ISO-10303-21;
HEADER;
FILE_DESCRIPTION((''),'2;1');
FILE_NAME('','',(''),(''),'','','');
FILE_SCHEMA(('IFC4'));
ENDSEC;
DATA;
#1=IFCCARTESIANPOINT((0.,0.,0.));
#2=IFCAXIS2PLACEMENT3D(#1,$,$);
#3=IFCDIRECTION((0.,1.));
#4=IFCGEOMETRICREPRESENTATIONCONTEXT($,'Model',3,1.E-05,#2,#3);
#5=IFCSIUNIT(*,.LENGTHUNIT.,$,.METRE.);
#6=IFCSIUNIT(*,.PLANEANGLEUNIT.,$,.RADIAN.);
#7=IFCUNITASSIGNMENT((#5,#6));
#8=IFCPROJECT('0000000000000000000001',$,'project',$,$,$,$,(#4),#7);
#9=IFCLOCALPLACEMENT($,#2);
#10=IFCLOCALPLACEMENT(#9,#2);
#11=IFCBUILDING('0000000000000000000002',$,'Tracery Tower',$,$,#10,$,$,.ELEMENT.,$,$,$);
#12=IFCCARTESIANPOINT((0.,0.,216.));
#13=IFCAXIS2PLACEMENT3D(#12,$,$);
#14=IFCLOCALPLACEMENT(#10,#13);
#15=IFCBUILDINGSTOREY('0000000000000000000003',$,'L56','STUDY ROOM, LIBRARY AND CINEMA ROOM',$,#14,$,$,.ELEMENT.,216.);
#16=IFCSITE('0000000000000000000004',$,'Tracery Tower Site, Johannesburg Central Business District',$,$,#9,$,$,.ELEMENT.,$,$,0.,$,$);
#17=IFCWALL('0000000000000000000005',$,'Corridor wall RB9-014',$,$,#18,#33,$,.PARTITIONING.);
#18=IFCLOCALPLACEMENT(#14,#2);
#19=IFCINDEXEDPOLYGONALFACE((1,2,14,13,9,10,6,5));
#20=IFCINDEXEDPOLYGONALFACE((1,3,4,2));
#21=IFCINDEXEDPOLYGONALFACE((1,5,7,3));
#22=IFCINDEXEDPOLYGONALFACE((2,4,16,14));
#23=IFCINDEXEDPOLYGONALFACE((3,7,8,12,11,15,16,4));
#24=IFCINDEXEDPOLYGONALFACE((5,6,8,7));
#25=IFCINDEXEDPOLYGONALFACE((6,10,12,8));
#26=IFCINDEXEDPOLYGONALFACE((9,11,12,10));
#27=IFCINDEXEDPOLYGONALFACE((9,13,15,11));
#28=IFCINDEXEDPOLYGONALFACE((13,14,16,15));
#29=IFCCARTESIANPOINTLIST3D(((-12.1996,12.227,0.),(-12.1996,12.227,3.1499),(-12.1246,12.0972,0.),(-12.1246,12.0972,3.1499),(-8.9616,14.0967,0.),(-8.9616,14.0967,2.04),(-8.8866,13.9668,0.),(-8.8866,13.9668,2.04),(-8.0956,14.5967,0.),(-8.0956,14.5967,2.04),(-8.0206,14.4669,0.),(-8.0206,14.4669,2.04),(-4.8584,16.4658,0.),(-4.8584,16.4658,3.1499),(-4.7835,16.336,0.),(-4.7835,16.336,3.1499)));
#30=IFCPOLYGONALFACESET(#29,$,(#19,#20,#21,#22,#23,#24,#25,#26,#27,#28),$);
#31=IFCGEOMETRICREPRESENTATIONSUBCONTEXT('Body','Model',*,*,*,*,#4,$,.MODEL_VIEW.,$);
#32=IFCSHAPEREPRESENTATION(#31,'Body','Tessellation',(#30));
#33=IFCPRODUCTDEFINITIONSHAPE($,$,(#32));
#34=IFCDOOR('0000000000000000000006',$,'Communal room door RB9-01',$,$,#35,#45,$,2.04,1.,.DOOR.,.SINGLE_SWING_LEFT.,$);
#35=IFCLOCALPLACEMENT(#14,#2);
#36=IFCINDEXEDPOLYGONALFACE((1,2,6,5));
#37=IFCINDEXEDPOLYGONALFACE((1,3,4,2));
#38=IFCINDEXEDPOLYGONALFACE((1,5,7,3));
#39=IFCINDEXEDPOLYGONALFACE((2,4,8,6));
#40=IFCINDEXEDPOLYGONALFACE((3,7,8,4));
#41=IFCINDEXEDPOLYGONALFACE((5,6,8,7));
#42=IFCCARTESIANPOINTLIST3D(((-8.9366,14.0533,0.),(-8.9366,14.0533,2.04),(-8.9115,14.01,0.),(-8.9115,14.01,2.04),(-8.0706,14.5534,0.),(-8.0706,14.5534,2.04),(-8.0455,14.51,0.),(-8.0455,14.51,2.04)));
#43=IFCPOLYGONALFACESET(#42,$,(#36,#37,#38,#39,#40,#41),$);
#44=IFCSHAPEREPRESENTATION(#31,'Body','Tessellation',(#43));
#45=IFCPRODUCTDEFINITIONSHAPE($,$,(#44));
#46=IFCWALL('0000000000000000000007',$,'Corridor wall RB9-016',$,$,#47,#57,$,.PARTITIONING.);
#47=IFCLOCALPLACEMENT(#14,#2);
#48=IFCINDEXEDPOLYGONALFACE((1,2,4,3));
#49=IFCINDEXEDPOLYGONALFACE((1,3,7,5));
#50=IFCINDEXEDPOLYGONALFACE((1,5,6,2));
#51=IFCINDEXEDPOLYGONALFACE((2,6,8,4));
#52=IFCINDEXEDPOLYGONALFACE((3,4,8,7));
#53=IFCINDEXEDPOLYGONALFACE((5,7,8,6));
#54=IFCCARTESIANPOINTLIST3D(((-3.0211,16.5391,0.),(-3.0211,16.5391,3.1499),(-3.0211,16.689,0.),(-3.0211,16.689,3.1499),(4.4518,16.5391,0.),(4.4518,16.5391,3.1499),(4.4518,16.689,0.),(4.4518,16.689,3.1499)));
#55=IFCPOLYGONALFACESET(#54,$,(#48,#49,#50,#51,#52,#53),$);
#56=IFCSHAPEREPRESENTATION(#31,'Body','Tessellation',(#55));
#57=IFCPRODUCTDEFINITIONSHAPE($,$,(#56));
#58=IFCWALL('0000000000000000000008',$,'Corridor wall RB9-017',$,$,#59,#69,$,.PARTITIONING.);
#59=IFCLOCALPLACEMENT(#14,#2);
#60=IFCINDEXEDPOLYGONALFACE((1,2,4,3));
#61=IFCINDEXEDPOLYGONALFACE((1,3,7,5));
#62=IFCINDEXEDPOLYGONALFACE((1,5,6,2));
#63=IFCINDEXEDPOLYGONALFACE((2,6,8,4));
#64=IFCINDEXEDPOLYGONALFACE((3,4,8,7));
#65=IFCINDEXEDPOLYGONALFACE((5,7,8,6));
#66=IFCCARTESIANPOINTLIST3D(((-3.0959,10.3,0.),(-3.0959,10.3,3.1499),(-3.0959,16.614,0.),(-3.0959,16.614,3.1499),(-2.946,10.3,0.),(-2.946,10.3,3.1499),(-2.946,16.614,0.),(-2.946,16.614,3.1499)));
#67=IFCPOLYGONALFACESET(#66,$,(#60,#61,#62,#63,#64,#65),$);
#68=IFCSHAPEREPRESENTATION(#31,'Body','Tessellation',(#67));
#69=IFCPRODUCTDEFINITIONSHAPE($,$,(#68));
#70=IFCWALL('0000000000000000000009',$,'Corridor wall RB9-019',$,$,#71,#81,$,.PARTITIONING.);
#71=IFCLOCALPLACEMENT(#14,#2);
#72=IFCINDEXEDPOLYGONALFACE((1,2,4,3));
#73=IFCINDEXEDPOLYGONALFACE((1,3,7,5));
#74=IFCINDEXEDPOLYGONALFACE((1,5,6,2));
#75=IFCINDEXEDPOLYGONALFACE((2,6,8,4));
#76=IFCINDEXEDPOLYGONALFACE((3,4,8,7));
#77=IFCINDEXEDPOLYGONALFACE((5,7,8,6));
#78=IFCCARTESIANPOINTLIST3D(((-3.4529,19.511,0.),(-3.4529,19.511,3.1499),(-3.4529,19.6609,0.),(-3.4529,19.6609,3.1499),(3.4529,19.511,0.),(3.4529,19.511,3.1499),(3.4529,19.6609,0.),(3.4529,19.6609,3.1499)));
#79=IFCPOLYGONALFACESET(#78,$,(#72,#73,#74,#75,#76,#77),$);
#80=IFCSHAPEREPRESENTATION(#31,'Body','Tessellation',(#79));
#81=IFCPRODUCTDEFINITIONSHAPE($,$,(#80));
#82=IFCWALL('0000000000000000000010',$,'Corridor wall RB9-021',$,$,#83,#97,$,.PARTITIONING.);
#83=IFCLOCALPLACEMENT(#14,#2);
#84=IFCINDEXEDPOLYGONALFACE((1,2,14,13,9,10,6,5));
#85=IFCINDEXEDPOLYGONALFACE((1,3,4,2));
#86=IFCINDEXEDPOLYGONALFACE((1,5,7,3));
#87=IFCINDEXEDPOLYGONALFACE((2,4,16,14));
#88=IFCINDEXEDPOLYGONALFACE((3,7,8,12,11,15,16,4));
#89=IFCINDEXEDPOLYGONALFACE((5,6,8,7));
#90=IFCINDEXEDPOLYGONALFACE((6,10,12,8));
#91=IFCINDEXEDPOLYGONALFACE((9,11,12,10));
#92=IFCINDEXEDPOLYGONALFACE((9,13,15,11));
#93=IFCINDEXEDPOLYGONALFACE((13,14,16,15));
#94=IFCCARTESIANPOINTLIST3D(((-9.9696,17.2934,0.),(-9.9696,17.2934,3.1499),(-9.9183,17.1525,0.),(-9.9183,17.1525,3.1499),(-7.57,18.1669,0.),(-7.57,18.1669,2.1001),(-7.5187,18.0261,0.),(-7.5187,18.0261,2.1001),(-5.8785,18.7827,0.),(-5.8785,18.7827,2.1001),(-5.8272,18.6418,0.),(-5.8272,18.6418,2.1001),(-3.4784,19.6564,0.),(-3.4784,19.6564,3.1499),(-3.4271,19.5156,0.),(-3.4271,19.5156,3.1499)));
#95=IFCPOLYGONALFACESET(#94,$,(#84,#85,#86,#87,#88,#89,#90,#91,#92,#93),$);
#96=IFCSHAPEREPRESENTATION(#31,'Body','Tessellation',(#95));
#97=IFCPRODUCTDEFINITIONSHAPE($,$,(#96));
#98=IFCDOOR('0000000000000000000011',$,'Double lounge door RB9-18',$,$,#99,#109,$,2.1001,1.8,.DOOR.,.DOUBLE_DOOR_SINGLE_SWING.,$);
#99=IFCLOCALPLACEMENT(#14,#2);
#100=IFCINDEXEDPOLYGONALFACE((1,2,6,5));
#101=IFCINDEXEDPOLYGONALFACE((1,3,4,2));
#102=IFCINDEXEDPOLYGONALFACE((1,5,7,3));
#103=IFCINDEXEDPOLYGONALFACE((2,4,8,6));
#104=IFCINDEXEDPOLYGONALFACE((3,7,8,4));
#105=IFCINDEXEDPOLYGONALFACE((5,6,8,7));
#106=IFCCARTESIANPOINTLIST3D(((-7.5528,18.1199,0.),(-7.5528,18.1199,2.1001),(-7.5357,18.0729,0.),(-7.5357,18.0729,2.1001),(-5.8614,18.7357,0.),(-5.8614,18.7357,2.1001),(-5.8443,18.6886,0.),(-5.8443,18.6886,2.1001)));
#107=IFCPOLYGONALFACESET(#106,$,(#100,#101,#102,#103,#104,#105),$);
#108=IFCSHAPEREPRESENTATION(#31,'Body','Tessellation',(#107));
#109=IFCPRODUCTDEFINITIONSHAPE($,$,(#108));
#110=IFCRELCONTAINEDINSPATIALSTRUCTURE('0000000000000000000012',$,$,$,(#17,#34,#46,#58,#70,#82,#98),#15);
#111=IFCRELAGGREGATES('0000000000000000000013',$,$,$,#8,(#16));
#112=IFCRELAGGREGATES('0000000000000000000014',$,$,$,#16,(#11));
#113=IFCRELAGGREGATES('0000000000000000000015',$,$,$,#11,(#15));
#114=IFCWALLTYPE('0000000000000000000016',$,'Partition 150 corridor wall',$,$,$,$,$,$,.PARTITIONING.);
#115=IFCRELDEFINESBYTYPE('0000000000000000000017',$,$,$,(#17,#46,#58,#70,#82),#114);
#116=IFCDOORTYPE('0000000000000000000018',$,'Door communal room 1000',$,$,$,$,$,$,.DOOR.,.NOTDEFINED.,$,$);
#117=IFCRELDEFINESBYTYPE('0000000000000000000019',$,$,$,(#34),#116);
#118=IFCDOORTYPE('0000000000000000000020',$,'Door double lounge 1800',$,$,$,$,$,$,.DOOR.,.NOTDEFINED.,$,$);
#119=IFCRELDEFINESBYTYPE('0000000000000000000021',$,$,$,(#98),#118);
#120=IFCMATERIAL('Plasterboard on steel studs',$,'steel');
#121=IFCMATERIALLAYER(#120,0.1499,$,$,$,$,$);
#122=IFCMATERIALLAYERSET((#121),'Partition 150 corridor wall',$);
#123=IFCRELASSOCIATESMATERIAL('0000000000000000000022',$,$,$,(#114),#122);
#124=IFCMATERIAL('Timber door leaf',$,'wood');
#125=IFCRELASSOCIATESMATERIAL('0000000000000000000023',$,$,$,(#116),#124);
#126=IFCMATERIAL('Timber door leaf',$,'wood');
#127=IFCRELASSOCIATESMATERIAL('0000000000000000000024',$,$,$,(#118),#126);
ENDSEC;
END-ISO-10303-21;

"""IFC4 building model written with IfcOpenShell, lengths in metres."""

from ifc_helpers import new_model, si_unit, direction, frame, frame_2d, origin, place, context, subcontext, project, spatial, rectangle, extrude, material, layer, layer_set, type_object, element, fill, save


model = new_model("IFC4")

# Units and contexts
model_context = context("Model", 3, precision=1e-05, world=origin(), true_north=direction((0.0, 1.0)))
body_context = subcontext(model_context, "Body", "Model", "MODEL_VIEW")
ifc_project = project(units=[si_unit("LENGTHUNIT", "METRE"), si_unit("PLANEANGLEUNIT", "RADIAN")], contexts=[model_context])

# Site, building, storey
site_placement = place(None, origin())
site = spatial("IfcSite", under=ifc_project, at=site_placement, Name="Tracery Tower Site, Johannesburg Central Business District", CompositionType="ELEMENT", RefElevation=0.0)
building_placement = place(site_placement, origin())
building = spatial("IfcBuilding", under=site, at=building_placement, Name="Tracery Tower", CompositionType="ELEMENT")
storey_placement = place(building_placement, frame((0.0, 0.0, 216.0)))
storey = spatial("IfcBuildingStorey", under=building, at=storey_placement, Name="L56", Description="STUDY ROOM, LIBRARY AND CINEMA ROOM", CompositionType="ELEMENT", Elevation=216.0)

# Shared definitions
ifc_material_1 = material(Name="Plasterboard on steel studs", Category="steel")
ifc_layer_1 = layer(ifc_material_1, 0.1499)
ifc_layer_set_1 = layer_set([ifc_layer_1], Name="Partition 150 corridor wall")
wall_type_1 = type_object("IfcWallType", Name="Partition 150 corridor wall", PredefinedType="PARTITIONING", material=ifc_layer_set_1)

# Wall, opening, door
wall_1_placement = place(storey_placement, frame((-12.1621, 12.1621, 0.0), z_axis=(0.0, 0.0, 1.0), x_axis=(0.866005, 0.500036, 0.0)))
wall_1 = element("IfcWall", 1, at=wall_1_placement, inside=storey, type_object=wall_type_1, Name="Corridor wall RB9-014", PredefinedType="PARTITIONING", context=body_context, shape_type="SweptSolid", body=[
    extrude(rectangle(XDim=8.4771, YDim=0.1499, at=frame_2d((4.2385, 0.0))), origin(), (0.0, 0.0, 1.0), 3.1499),
])
opening_1_placement = place(wall_1_placement, frame((3.739, 0.0, 0.0)))
opening_1 = element("IfcOpeningElement", 2, at=opening_1_placement, cuts=wall_1, PredefinedType="OPENING", context=body_context, shape_type="SweptSolid", body=[
    extrude(rectangle(XDim=1.0, YDim=2.04, at=frame_2d((0.5, 1.02))), frame((0.0, 0.075, 0.0), z_axis=(0.0, -1.0, 0.0), x_axis=(1.0, 0.0, 0.0)), (0.0, 0.0, 1.0), 0.1499),
])
ifc_material_2 = material(Name="Timber door leaf", Category="wood")
door_type_1 = type_object("IfcDoorType", Name="Door communal room 1000", OperationType="NOTDEFINED", PredefinedType="DOOR", material=ifc_material_2)
door_1_placement = place(opening_1_placement, origin())
door_1 = element("IfcDoor", 3, at=door_1_placement, inside=storey, type_object=door_type_1, Name="Communal room door RB9-01", OperationType="SINGLE_SWING_LEFT", OverallHeight=2.04, OverallWidth=1.0, PredefinedType="DOOR", context=body_context, shape_type="SweptSolid", body=[
    extrude(rectangle(XDim=1.0, YDim=2.04, at=frame_2d((0.5, 1.02))), frame((0.0, 0.0249, 0.0), z_axis=(0.0, -1.0, 0.0), x_axis=(1.0, 0.0, 0.0)), (0.0, 0.0, 1.0), 0.05),
])
fill(opening_1, door_1)

# Walls
wall_2_placement = place(storey_placement, frame((-3.021, 16.614, 0.0), z_axis=(0.0, 0.0, 1.0), x_axis=(1.0, 0.0, 0.0)))
element("IfcWall", 4, at=wall_2_placement, inside=storey, type_object=wall_type_1, Name="Corridor wall RB9-016", PredefinedType="PARTITIONING", context=body_context, shape_type="SweptSolid", body=[
    extrude(rectangle(XDim=7.4729, YDim=0.1499, at=frame_2d((3.7363, 0.0))), origin(), (0.0, 0.0, 1.0), 3.1499),
])
wall_3_placement = place(storey_placement, frame((-3.021, 10.3, 0.0), z_axis=(0.0, 0.0, 1.0), x_axis=(0.0, 1.0, 0.0)))
element("IfcWall", 5, at=wall_3_placement, inside=storey, type_object=wall_type_1, Name="Corridor wall RB9-017", PredefinedType="PARTITIONING", context=body_context, shape_type="SweptSolid", body=[
    extrude(rectangle(XDim=6.314, YDim=0.1499, at=frame_2d((3.157, 0.0))), origin(), (0.0, 0.0, 1.0), 3.1499),
])
wall_4_placement = place(storey_placement, frame((-3.4529, 19.5859, 0.0), z_axis=(0.0, 0.0, 1.0), x_axis=(1.0, 0.0, 0.0)))
element("IfcWall", 6, at=wall_4_placement, inside=storey, type_object=wall_type_1, Name="Corridor wall RB9-019", PredefinedType="PARTITIONING", context=body_context, shape_type="SweptSolid", body=[
    extrude(rectangle(XDim=6.9058, YDim=0.1499, at=frame_2d((3.4529, 0.0))), origin(), (0.0, 0.0, 1.0), 3.1499),
])

# Wall, opening, door
wall_5_placement = place(storey_placement, frame((-9.9441, 17.2229, 0.0), z_axis=(0.0, 0.0, 1.0), x_axis=(0.939673, 0.342075, 0.0)))
wall_5 = element("IfcWall", 7, at=wall_5_placement, inside=storey, type_object=wall_type_1, Name="Corridor wall RB9-021", PredefinedType="PARTITIONING", context=body_context, shape_type="SweptSolid", body=[
    extrude(rectangle(XDim=6.908, YDim=0.1499, at=frame_2d((3.4541, 0.0))), origin(), (0.0, 0.0, 1.0), 3.1499),
])
opening_2_placement = place(wall_5_placement, frame((2.554, 0.0, 0.0)))
opening_2 = element("IfcOpeningElement", 8, at=opening_2_placement, cuts=wall_5, PredefinedType="OPENING", context=body_context, shape_type="SweptSolid", body=[
    extrude(rectangle(XDim=1.8, YDim=2.1001, at=frame_2d((0.8999, 1.05))), frame((0.0, 0.075, 0.0), z_axis=(0.0, -1.0, 0.0), x_axis=(1.0, 0.0, 0.0)), (0.0, 0.0, 1.0), 0.1499),
])
ifc_material_3 = material(Name="Timber door leaf", Category="wood")
door_type_2 = type_object("IfcDoorType", Name="Door double lounge 1800", OperationType="NOTDEFINED", PredefinedType="DOOR", material=ifc_material_3)
door_2_placement = place(opening_2_placement, origin())
door_2 = element("IfcDoor", 9, at=door_2_placement, inside=storey, type_object=door_type_2, Name="Double lounge door RB9-18", OperationType="DOUBLE_DOOR_SINGLE_SWING", OverallHeight=2.1001, OverallWidth=1.8, PredefinedType="DOOR", context=body_context, shape_type="SweptSolid", body=[
    extrude(rectangle(XDim=1.8, YDim=2.1001, at=frame_2d((0.8999, 1.05))), frame((0.0, 0.0249, 0.0), z_axis=(0.0, -1.0, 0.0), x_axis=(1.0, 0.0, 0.0)), (0.0, 0.0, 1.0), 0.05),
])
fill(opening_2, door_2)

save(model, "model.ifc")
